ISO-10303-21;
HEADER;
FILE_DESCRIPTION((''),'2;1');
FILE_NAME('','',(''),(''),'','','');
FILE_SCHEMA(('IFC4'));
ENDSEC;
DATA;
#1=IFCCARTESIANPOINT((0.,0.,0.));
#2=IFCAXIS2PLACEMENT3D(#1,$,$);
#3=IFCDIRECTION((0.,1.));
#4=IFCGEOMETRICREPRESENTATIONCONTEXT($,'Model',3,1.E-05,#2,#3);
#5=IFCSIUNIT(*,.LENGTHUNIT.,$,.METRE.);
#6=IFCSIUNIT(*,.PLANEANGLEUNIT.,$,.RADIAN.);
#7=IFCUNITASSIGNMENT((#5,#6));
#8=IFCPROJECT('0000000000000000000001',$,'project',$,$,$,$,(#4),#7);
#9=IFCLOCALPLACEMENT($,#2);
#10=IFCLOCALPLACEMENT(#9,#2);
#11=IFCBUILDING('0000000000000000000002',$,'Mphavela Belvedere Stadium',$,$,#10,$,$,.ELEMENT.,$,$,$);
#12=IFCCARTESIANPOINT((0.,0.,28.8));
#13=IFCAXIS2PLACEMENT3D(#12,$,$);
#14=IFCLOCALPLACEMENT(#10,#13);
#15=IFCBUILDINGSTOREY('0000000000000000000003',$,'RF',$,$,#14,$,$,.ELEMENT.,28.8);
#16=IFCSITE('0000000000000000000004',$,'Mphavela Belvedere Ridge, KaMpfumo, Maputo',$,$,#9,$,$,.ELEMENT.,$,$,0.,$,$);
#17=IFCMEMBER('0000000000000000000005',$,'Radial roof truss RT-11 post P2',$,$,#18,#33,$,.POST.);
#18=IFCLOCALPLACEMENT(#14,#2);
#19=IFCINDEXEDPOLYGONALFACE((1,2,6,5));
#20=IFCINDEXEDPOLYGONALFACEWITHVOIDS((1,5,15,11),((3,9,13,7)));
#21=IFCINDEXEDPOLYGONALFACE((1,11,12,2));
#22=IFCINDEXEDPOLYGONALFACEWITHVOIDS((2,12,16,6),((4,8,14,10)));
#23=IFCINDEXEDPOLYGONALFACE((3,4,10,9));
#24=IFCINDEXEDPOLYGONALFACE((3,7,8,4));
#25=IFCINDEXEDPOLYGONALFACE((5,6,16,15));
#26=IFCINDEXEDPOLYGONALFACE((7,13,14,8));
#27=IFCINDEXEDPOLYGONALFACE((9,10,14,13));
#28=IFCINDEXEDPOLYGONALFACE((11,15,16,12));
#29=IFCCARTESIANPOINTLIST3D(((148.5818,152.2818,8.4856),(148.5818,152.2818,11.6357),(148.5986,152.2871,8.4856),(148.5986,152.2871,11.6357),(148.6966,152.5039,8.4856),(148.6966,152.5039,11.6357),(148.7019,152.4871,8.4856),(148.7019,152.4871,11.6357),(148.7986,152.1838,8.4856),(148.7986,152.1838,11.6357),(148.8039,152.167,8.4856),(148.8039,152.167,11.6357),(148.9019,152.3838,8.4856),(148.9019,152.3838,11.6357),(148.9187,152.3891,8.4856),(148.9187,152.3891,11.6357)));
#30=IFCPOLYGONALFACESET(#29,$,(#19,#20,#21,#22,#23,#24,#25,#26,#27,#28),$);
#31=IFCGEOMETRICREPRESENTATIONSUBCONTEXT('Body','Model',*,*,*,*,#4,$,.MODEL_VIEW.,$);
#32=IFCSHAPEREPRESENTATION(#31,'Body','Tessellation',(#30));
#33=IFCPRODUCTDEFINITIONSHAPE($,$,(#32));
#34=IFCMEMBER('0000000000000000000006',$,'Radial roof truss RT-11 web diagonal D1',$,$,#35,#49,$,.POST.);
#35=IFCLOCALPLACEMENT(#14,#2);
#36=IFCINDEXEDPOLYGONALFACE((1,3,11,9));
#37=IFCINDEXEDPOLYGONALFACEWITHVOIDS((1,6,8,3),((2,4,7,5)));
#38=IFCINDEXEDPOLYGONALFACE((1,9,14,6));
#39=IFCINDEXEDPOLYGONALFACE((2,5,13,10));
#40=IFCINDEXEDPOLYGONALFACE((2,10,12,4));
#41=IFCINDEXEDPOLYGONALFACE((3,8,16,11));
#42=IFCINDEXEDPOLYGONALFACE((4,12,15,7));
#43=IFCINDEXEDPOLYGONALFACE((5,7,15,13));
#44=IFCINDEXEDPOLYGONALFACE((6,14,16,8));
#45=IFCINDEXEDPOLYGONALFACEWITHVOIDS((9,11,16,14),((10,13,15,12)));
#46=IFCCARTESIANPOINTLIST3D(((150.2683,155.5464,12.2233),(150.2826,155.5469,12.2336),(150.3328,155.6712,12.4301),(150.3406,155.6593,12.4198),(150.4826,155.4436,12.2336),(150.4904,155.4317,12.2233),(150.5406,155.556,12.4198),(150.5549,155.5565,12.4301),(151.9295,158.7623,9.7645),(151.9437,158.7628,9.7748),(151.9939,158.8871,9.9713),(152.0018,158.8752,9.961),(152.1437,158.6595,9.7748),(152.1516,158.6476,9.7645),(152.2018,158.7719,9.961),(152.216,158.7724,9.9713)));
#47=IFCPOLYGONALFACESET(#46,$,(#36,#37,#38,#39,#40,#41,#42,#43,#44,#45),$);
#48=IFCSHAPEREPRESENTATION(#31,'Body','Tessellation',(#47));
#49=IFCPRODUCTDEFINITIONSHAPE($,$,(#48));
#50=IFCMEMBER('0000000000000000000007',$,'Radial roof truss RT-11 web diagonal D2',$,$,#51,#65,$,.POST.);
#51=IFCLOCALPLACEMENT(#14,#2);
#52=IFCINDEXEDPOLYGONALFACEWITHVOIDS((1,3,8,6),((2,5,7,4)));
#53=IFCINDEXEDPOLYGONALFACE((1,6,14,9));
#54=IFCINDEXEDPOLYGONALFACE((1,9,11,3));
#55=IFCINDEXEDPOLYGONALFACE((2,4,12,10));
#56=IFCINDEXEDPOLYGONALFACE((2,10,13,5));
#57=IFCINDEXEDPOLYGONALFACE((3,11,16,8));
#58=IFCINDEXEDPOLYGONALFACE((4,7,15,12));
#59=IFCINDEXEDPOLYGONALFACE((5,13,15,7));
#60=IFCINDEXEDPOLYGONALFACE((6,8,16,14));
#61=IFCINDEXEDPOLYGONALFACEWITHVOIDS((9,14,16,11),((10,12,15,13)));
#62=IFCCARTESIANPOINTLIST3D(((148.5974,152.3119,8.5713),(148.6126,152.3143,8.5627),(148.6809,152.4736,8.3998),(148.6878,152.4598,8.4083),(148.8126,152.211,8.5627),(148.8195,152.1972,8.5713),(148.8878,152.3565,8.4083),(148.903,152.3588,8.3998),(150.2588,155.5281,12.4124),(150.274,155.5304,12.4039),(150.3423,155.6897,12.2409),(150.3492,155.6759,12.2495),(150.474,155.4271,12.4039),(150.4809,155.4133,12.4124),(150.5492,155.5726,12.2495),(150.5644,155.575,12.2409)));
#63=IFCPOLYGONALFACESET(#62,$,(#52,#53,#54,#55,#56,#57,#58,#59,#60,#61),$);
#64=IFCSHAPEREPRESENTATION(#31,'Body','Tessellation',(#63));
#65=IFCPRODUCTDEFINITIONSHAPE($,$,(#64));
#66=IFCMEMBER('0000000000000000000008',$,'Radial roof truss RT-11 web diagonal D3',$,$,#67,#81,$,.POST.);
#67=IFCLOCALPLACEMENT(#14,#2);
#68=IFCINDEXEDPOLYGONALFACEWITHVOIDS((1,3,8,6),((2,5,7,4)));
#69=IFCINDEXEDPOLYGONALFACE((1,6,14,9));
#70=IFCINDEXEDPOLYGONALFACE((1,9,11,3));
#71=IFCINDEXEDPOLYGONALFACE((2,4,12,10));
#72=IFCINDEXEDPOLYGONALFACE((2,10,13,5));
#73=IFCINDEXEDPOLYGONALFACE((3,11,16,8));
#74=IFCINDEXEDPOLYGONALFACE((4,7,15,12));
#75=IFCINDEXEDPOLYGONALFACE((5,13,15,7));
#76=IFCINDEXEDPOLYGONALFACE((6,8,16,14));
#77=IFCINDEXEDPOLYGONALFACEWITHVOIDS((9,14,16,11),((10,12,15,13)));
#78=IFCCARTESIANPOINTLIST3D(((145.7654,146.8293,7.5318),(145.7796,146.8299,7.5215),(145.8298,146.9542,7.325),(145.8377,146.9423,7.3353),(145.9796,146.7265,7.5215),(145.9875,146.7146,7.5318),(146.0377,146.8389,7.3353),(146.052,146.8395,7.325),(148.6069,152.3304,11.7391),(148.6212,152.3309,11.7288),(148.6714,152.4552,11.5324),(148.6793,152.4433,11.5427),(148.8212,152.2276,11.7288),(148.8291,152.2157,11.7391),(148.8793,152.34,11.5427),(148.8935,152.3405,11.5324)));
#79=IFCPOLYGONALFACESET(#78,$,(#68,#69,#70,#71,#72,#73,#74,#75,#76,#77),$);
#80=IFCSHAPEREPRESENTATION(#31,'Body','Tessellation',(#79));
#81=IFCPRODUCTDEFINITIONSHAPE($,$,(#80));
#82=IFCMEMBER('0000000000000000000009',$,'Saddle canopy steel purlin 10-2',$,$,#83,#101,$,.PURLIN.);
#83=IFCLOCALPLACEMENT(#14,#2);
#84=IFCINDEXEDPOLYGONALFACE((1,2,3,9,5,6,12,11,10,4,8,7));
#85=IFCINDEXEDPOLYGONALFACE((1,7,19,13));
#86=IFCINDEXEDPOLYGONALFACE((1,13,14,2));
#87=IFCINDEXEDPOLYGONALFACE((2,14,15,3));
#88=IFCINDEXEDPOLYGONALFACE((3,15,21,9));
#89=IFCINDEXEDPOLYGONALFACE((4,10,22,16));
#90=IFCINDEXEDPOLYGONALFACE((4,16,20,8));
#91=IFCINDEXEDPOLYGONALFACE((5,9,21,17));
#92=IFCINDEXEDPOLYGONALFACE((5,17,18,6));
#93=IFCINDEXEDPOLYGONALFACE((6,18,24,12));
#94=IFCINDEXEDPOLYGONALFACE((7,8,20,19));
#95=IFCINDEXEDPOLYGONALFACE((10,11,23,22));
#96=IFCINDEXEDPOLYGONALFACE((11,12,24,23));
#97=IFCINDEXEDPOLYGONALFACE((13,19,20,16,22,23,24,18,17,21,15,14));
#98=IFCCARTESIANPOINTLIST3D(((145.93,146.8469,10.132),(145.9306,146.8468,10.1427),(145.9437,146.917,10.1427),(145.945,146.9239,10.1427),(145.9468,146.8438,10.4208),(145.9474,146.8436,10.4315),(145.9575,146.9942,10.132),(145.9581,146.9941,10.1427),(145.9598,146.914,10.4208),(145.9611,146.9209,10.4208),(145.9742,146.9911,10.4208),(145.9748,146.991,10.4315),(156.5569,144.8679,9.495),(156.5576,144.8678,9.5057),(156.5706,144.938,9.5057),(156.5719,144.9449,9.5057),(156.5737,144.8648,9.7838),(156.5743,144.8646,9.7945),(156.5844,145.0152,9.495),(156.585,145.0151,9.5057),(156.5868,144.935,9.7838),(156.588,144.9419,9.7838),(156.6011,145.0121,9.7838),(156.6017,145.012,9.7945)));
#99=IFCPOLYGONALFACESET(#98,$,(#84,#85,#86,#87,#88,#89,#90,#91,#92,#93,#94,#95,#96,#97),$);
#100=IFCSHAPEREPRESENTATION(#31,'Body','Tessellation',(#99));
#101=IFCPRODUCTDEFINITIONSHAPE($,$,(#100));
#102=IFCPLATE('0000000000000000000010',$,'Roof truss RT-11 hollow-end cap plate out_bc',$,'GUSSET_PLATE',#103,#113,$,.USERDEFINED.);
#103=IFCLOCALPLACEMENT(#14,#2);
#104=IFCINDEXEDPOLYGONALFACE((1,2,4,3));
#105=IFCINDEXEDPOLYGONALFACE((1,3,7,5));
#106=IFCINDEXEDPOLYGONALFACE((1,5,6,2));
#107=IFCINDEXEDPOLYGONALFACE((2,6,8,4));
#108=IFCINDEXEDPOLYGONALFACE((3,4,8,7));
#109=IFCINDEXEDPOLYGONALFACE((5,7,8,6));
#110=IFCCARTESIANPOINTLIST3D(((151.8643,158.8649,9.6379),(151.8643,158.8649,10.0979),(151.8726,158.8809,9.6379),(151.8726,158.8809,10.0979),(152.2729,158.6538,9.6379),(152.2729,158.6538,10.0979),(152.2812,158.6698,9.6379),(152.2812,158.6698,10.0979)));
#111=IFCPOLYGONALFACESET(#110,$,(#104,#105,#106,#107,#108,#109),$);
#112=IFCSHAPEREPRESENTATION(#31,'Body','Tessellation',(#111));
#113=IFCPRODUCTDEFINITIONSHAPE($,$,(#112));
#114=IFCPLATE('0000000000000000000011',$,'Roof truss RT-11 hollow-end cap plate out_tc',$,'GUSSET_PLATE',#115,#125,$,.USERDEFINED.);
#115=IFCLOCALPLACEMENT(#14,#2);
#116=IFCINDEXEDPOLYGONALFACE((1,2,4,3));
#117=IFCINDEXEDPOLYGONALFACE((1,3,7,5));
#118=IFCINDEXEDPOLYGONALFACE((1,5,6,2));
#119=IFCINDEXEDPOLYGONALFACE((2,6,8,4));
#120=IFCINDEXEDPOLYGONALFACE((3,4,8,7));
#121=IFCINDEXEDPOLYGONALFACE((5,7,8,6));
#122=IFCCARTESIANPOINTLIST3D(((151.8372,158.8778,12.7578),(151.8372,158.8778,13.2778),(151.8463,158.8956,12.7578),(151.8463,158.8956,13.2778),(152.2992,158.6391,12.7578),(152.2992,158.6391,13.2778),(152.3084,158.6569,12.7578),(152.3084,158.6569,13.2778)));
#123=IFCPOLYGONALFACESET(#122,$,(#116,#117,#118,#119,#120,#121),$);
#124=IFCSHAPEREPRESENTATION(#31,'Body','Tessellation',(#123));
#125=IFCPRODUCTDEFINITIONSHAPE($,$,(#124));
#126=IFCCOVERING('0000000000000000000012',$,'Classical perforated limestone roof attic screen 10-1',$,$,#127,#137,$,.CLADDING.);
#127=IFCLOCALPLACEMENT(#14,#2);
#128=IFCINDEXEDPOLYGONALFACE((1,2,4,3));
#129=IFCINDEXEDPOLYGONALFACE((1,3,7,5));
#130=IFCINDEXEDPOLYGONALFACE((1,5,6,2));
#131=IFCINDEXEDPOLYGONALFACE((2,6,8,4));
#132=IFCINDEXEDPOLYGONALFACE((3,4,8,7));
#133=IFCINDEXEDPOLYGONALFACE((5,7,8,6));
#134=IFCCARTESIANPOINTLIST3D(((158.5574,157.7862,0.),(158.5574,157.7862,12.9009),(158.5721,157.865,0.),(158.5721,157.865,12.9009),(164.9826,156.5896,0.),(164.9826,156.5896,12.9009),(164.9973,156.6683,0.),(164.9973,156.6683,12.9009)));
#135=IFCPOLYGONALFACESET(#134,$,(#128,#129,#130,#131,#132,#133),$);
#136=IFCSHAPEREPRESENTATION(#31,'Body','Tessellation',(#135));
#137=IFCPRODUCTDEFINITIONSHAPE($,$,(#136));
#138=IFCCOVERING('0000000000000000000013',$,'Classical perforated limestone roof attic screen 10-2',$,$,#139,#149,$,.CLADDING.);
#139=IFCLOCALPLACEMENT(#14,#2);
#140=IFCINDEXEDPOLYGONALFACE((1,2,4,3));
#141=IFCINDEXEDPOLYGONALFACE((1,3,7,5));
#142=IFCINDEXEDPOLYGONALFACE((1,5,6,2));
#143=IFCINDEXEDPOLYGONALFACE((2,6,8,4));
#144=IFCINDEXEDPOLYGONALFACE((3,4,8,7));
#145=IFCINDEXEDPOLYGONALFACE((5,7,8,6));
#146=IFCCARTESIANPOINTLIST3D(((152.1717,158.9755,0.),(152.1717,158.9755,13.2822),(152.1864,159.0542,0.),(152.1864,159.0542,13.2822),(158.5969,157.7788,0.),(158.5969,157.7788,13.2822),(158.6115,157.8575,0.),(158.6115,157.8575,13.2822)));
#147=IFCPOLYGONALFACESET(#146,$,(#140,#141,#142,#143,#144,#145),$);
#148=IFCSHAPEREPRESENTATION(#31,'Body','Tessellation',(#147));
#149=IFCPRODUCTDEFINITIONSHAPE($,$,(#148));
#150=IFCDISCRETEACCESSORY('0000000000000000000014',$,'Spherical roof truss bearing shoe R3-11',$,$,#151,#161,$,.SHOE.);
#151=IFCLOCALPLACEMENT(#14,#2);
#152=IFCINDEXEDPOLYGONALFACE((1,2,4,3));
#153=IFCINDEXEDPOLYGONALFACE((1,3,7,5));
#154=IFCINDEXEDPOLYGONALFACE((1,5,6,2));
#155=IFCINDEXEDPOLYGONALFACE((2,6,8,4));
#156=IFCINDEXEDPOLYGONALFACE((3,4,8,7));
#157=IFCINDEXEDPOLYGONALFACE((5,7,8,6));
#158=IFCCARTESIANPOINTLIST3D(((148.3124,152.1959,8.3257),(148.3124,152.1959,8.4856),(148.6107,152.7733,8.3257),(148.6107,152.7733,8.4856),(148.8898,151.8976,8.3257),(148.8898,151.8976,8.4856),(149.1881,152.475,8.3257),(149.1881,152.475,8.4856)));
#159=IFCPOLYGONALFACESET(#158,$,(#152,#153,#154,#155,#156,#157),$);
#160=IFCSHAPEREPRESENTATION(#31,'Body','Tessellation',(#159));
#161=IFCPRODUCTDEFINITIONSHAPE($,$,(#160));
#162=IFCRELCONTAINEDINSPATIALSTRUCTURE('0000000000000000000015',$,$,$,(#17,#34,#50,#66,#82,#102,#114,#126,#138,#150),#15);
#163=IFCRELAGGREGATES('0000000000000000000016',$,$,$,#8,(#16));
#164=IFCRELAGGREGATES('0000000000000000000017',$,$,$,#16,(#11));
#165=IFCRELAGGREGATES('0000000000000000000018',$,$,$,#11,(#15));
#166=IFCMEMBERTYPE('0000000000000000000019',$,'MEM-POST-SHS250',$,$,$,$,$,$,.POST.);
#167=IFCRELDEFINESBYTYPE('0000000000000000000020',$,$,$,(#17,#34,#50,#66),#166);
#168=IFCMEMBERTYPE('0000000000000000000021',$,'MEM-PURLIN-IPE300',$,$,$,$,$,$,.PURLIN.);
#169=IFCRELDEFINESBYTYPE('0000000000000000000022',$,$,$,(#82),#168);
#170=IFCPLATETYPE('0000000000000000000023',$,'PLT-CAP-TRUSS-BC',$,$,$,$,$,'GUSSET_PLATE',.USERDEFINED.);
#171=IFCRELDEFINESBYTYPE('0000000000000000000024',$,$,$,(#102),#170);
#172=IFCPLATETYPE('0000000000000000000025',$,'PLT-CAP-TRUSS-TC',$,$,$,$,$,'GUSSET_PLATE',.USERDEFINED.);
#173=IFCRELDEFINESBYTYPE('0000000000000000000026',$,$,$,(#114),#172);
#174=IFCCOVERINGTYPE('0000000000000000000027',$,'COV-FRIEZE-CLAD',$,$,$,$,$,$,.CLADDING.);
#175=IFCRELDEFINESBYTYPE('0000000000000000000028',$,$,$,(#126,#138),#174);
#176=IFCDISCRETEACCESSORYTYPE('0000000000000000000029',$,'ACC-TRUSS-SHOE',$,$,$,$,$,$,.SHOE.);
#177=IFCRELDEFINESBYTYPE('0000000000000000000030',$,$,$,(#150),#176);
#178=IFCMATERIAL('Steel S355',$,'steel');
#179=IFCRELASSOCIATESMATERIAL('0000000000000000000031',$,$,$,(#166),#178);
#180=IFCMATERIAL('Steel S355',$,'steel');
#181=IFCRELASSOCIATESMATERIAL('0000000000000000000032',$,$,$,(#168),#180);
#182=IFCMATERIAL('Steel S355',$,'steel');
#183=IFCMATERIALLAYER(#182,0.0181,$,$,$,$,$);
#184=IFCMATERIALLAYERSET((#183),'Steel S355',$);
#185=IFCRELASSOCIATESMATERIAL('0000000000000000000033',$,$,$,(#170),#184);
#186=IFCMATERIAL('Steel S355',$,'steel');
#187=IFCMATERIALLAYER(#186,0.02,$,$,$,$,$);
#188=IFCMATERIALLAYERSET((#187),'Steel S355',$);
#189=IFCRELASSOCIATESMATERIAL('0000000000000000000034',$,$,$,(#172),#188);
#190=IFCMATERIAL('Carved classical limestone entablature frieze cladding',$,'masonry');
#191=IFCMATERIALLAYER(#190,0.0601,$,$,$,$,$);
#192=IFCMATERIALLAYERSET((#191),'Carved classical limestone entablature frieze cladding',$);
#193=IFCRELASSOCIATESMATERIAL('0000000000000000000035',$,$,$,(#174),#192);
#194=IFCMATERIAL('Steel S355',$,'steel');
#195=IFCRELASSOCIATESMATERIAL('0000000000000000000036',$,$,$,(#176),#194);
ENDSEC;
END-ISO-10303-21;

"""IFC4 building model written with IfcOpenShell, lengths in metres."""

from ifc_helpers import new_model, si_unit, direction, frame, origin, origin_2d, place, context, subcontext, project, spatial, rectangle, hollow_rectangle, i_section, extrude, material, layer, layer_set, material_profile, profile_set, type_object, element, save


model = new_model("IFC4")

# Units and contexts
model_context = context("Model", 3, precision=1e-05, world=origin(), true_north=direction((0.0, 1.0)))
body_context = subcontext(model_context, "Body", "Model", "MODEL_VIEW")
ifc_project = project(units=[si_unit("LENGTHUNIT", "METRE"), si_unit("PLANEANGLEUNIT", "RADIAN")], contexts=[model_context])

# Site, building, storey
site_placement = place(None, origin())
site = spatial("IfcSite", under=ifc_project, at=site_placement, Name="Mphavela Belvedere Ridge, KaMpfumo, Maputo", CompositionType="ELEMENT", RefElevation=0.0)
building_placement = place(site_placement, origin())
building = spatial("IfcBuilding", under=site, at=building_placement, Name="Mphavela Belvedere Stadium", CompositionType="ELEMENT")
storey_placement = place(building_placement, frame((0.0, 0.0, 28.8)))
storey = spatial("IfcBuildingStorey", under=building, at=storey_placement, Name="RF", CompositionType="ELEMENT", Elevation=28.8)

# Members
ifc_material_1 = material(Name="Steel S355", Category="steel")
ifc_material_profile_1 = material_profile(ifc_material_1, hollow_rectangle(XDim=0.25, YDim=0.25, WallThickness=0.0125, at=origin_2d()), Name="SHS 250x250x12.5")
ifc_profile_set_1 = profile_set([ifc_material_profile_1], Name="Steel S355")
member_type_1 = type_object("IfcMemberType", Name="MEM-POST-SHS250", PredefinedType="POST", material=ifc_profile_set_1)
member_1_placement = place(storey_placement, frame((148.7502, 152.3354, 8.4856), z_axis=(0.0, 0.0, 1.0), x_axis=(0.45896, 0.888457, 0.0)))
element("IfcMember", 1, at=member_1_placement, inside=storey, type_object=member_type_1, Name="Radial roof truss RT-11 post P2", PredefinedType="POST", context=body_context, shape_type="SweptSolid", body=[
    extrude(hollow_rectangle(XDim=0.25, YDim=0.25, WallThickness=0.0125, at=origin_2d()), origin(), (0.0, 0.0, 1.0), 3.1501),
])
member_2_placement = place(storey_placement, frame((152.0728, 158.7673, 9.8679), z_axis=(-0.379632, -0.734936, 0.561915), x_axis=(0.888468, -0.458938, 0.0)))
element("IfcMember", 2, at=member_2_placement, inside=storey, type_object=member_type_1, Name="Radial roof truss RT-11 web diagonal D1", PredefinedType="POST", context=body_context, shape_type="SweptSolid", body=[
    extrude(hollow_rectangle(XDim=0.25, YDim=0.25, WallThickness=0.0125, at=origin_2d()), origin(), (0.0, 0.0, 1.0), 4.3757),
])
member_3_placement = place(storey_placement, frame((150.4116, 155.5515, 12.3267), z_axis=(-0.314775, -0.609337, -0.727753), x_axis=(0.888455, -0.458964, 0.0)))
element("IfcMember", 3, at=member_3_placement, inside=storey, type_object=member_type_1, Name="Radial roof truss RT-11 web diagonal D2", PredefinedType="POST", context=body_context, shape_type="SweptSolid", body=[
    extrude(hollow_rectangle(XDim=0.25, YDim=0.25, WallThickness=0.0125, at=origin_2d()), origin(), (0.0, 0.0, 1.0), 5.2781),
])
member_4_placement = place(storey_placement, frame((148.7502, 152.3354, 11.6357), z_axis=(-0.379595, -0.734861, -0.562039), x_axis=(0.888467, -0.458941, 0.0)))
element("IfcMember", 4, at=member_4_placement, inside=storey, type_object=member_type_1, Name="Radial roof truss RT-11 web diagonal D3", PredefinedType="POST", context=body_context, shape_type="SweptSolid", body=[
    extrude(hollow_rectangle(XDim=0.25, YDim=0.25, WallThickness=0.0125, at=origin_2d()), origin(), (0.0, 0.0, 1.0), 7.4858),
])
ifc_material_2 = material(Name="Steel S355", Category="steel")
ifc_material_profile_2 = material_profile(ifc_material_2, i_section(OverallWidth=0.1499, OverallDepth=0.3, WebThickness=0.0071, FlangeThickness=0.0107, at=origin_2d()), Name="IPE 300")
ifc_profile_set_2 = profile_set([ifc_material_profile_2], Name="Steel S355")
member_type_2 = type_object("IfcMemberType", Name="MEM-PURLIN-IPE300", PredefinedType="PURLIN", material=ifc_profile_set_2)
member_5_placement = place(storey_placement, frame((156.5793, 144.9399, 9.6448), z_axis=(-0.981396, 0.18276, 0.058823), x_axis=(-0.183077, -0.983098, 0.0)))
element("IfcMember", 5, at=member_5_placement, inside=storey, type_object=member_type_2, Name="Saddle canopy steel purlin 10-2", PredefinedType="PURLIN", context=body_context, shape_type="SweptSolid", body=[
    extrude(i_section(OverallWidth=0.1499, OverallDepth=0.3, WebThickness=0.0071, FlangeThickness=0.0107, at=origin_2d()), origin(), (0.0, 0.0, 1.0), 10.8284),
])

# Plates
ifc_material_3 = material(Name="Steel S355", Category="steel")
ifc_layer_1 = layer(ifc_material_3, 0.0181)
ifc_layer_set_1 = layer_set([ifc_layer_1], Name="Steel S355")
plate_type_1 = type_object("IfcPlateType", Name="PLT-CAP-TRUSS-BC", ElementType="GUSSET_PLATE", PredefinedType="USERDEFINED", material=ifc_layer_set_1)
plate_1_placement = place(storey_placement, frame((152.0728, 158.7673, 9.6379), z_axis=(0.0, 0.0, 1.0), x_axis=(0.45896, 0.888457, 0.0)))
element("IfcPlate", 6, at=plate_1_placement, inside=storey, type_object=plate_type_1, Name="Roof truss RT-11 hollow-end cap plate out_bc", ObjectType="GUSSET_PLATE", PredefinedType="USERDEFINED", context=body_context, shape_type="SweptSolid", body=[
    extrude(rectangle(XDim=0.0181, YDim=0.46, at=origin_2d()), origin(), (0.0, 0.0, 1.0), 0.46),
])
ifc_material_4 = material(Name="Steel S355", Category="steel")
ifc_layer_2 = layer(ifc_material_4, 0.02)
ifc_layer_set_2 = layer_set([ifc_layer_2], Name="Steel S355")
plate_type_2 = type_object("IfcPlateType", Name="PLT-CAP-TRUSS-TC", ElementType="GUSSET_PLATE", PredefinedType="USERDEFINED", material=ifc_layer_set_2)
plate_2_placement = place(storey_placement, frame((152.0728, 158.7673, 12.7578), z_axis=(0.0, 0.0, 1.0), x_axis=(0.45896, 0.888457, 0.0)))
element("IfcPlate", 7, at=plate_2_placement, inside=storey, type_object=plate_type_2, Name="Roof truss RT-11 hollow-end cap plate out_tc", ObjectType="GUSSET_PLATE", PredefinedType="USERDEFINED", context=body_context, shape_type="SweptSolid", body=[
    extrude(rectangle(XDim=0.02, YDim=0.52, at=origin_2d()), origin(), (0.0, 0.0, 1.0), 0.52),
])

# Coverings
ifc_material_5 = material(Name="Carved classical limestone entablature frieze cladding", Category="masonry")
ifc_layer_3 = layer(ifc_material_5, 0.0601)
ifc_layer_set_3 = layer_set([ifc_layer_3], Name="Carved classical limestone entablature frieze cladding")
covering_type = type_object("IfcCoveringType", Name="COV-FRIEZE-CLAD", PredefinedType="CLADDING", material=ifc_layer_set_3)
covering_1_placement = place(storey_placement, frame((161.7773, 157.2273, 0.0), z_axis=(0.0, 0.0, 1.0), x_axis=(-0.983096, 0.183094, 0.0)))
element("IfcCovering", 8, at=covering_1_placement, inside=storey, type_object=covering_type, Name="Classical perforated limestone roof attic screen 10-1", PredefinedType="CLADDING", context=body_context, shape_type="SweptSolid", body=[
    extrude(rectangle(XDim=6.5356, YDim=0.0801, at=origin_2d()), origin(), (0.0, 0.0, 1.0), 12.9009),
])
covering_2_placement = place(storey_placement, frame((155.3916, 158.4165, 0.0), z_axis=(0.0, 0.0, 1.0), x_axis=(-0.983096, 0.183094, 0.0)))
element("IfcCovering", 9, at=covering_2_placement, inside=storey, type_object=covering_type, Name="Classical perforated limestone roof attic screen 10-2", PredefinedType="CLADDING", context=body_context, shape_type="SweptSolid", body=[
    extrude(rectangle(XDim=6.5356, YDim=0.0801, at=origin_2d()), origin(), (0.0, 0.0, 1.0), 13.2822),
])

# Discrete accessory
ifc_material_6 = material(Name="Steel S355", Category="steel")
discrete_accessory_type = type_object("IfcDiscreteAccessoryType", Name="ACC-TRUSS-SHOE", PredefinedType="SHOE", material=ifc_material_6)
discrete_accessory_placement = place(storey_placement, frame((148.7502, 152.3354, 8.3257), z_axis=(0.0, 0.0, 1.0), x_axis=(0.45896, 0.888457, 0.0)))
element("IfcDiscreteAccessory", 10, at=discrete_accessory_placement, inside=storey, type_object=discrete_accessory_type, Name="Spherical roof truss bearing shoe R3-11", PredefinedType="SHOE", context=body_context, shape_type="SweptSolid", body=[
    extrude(rectangle(XDim=0.6499, YDim=0.6499, at=origin_2d()), origin(), (0.0, 0.0, 1.0), 0.1599),
])

save(model, "model.ifc")
